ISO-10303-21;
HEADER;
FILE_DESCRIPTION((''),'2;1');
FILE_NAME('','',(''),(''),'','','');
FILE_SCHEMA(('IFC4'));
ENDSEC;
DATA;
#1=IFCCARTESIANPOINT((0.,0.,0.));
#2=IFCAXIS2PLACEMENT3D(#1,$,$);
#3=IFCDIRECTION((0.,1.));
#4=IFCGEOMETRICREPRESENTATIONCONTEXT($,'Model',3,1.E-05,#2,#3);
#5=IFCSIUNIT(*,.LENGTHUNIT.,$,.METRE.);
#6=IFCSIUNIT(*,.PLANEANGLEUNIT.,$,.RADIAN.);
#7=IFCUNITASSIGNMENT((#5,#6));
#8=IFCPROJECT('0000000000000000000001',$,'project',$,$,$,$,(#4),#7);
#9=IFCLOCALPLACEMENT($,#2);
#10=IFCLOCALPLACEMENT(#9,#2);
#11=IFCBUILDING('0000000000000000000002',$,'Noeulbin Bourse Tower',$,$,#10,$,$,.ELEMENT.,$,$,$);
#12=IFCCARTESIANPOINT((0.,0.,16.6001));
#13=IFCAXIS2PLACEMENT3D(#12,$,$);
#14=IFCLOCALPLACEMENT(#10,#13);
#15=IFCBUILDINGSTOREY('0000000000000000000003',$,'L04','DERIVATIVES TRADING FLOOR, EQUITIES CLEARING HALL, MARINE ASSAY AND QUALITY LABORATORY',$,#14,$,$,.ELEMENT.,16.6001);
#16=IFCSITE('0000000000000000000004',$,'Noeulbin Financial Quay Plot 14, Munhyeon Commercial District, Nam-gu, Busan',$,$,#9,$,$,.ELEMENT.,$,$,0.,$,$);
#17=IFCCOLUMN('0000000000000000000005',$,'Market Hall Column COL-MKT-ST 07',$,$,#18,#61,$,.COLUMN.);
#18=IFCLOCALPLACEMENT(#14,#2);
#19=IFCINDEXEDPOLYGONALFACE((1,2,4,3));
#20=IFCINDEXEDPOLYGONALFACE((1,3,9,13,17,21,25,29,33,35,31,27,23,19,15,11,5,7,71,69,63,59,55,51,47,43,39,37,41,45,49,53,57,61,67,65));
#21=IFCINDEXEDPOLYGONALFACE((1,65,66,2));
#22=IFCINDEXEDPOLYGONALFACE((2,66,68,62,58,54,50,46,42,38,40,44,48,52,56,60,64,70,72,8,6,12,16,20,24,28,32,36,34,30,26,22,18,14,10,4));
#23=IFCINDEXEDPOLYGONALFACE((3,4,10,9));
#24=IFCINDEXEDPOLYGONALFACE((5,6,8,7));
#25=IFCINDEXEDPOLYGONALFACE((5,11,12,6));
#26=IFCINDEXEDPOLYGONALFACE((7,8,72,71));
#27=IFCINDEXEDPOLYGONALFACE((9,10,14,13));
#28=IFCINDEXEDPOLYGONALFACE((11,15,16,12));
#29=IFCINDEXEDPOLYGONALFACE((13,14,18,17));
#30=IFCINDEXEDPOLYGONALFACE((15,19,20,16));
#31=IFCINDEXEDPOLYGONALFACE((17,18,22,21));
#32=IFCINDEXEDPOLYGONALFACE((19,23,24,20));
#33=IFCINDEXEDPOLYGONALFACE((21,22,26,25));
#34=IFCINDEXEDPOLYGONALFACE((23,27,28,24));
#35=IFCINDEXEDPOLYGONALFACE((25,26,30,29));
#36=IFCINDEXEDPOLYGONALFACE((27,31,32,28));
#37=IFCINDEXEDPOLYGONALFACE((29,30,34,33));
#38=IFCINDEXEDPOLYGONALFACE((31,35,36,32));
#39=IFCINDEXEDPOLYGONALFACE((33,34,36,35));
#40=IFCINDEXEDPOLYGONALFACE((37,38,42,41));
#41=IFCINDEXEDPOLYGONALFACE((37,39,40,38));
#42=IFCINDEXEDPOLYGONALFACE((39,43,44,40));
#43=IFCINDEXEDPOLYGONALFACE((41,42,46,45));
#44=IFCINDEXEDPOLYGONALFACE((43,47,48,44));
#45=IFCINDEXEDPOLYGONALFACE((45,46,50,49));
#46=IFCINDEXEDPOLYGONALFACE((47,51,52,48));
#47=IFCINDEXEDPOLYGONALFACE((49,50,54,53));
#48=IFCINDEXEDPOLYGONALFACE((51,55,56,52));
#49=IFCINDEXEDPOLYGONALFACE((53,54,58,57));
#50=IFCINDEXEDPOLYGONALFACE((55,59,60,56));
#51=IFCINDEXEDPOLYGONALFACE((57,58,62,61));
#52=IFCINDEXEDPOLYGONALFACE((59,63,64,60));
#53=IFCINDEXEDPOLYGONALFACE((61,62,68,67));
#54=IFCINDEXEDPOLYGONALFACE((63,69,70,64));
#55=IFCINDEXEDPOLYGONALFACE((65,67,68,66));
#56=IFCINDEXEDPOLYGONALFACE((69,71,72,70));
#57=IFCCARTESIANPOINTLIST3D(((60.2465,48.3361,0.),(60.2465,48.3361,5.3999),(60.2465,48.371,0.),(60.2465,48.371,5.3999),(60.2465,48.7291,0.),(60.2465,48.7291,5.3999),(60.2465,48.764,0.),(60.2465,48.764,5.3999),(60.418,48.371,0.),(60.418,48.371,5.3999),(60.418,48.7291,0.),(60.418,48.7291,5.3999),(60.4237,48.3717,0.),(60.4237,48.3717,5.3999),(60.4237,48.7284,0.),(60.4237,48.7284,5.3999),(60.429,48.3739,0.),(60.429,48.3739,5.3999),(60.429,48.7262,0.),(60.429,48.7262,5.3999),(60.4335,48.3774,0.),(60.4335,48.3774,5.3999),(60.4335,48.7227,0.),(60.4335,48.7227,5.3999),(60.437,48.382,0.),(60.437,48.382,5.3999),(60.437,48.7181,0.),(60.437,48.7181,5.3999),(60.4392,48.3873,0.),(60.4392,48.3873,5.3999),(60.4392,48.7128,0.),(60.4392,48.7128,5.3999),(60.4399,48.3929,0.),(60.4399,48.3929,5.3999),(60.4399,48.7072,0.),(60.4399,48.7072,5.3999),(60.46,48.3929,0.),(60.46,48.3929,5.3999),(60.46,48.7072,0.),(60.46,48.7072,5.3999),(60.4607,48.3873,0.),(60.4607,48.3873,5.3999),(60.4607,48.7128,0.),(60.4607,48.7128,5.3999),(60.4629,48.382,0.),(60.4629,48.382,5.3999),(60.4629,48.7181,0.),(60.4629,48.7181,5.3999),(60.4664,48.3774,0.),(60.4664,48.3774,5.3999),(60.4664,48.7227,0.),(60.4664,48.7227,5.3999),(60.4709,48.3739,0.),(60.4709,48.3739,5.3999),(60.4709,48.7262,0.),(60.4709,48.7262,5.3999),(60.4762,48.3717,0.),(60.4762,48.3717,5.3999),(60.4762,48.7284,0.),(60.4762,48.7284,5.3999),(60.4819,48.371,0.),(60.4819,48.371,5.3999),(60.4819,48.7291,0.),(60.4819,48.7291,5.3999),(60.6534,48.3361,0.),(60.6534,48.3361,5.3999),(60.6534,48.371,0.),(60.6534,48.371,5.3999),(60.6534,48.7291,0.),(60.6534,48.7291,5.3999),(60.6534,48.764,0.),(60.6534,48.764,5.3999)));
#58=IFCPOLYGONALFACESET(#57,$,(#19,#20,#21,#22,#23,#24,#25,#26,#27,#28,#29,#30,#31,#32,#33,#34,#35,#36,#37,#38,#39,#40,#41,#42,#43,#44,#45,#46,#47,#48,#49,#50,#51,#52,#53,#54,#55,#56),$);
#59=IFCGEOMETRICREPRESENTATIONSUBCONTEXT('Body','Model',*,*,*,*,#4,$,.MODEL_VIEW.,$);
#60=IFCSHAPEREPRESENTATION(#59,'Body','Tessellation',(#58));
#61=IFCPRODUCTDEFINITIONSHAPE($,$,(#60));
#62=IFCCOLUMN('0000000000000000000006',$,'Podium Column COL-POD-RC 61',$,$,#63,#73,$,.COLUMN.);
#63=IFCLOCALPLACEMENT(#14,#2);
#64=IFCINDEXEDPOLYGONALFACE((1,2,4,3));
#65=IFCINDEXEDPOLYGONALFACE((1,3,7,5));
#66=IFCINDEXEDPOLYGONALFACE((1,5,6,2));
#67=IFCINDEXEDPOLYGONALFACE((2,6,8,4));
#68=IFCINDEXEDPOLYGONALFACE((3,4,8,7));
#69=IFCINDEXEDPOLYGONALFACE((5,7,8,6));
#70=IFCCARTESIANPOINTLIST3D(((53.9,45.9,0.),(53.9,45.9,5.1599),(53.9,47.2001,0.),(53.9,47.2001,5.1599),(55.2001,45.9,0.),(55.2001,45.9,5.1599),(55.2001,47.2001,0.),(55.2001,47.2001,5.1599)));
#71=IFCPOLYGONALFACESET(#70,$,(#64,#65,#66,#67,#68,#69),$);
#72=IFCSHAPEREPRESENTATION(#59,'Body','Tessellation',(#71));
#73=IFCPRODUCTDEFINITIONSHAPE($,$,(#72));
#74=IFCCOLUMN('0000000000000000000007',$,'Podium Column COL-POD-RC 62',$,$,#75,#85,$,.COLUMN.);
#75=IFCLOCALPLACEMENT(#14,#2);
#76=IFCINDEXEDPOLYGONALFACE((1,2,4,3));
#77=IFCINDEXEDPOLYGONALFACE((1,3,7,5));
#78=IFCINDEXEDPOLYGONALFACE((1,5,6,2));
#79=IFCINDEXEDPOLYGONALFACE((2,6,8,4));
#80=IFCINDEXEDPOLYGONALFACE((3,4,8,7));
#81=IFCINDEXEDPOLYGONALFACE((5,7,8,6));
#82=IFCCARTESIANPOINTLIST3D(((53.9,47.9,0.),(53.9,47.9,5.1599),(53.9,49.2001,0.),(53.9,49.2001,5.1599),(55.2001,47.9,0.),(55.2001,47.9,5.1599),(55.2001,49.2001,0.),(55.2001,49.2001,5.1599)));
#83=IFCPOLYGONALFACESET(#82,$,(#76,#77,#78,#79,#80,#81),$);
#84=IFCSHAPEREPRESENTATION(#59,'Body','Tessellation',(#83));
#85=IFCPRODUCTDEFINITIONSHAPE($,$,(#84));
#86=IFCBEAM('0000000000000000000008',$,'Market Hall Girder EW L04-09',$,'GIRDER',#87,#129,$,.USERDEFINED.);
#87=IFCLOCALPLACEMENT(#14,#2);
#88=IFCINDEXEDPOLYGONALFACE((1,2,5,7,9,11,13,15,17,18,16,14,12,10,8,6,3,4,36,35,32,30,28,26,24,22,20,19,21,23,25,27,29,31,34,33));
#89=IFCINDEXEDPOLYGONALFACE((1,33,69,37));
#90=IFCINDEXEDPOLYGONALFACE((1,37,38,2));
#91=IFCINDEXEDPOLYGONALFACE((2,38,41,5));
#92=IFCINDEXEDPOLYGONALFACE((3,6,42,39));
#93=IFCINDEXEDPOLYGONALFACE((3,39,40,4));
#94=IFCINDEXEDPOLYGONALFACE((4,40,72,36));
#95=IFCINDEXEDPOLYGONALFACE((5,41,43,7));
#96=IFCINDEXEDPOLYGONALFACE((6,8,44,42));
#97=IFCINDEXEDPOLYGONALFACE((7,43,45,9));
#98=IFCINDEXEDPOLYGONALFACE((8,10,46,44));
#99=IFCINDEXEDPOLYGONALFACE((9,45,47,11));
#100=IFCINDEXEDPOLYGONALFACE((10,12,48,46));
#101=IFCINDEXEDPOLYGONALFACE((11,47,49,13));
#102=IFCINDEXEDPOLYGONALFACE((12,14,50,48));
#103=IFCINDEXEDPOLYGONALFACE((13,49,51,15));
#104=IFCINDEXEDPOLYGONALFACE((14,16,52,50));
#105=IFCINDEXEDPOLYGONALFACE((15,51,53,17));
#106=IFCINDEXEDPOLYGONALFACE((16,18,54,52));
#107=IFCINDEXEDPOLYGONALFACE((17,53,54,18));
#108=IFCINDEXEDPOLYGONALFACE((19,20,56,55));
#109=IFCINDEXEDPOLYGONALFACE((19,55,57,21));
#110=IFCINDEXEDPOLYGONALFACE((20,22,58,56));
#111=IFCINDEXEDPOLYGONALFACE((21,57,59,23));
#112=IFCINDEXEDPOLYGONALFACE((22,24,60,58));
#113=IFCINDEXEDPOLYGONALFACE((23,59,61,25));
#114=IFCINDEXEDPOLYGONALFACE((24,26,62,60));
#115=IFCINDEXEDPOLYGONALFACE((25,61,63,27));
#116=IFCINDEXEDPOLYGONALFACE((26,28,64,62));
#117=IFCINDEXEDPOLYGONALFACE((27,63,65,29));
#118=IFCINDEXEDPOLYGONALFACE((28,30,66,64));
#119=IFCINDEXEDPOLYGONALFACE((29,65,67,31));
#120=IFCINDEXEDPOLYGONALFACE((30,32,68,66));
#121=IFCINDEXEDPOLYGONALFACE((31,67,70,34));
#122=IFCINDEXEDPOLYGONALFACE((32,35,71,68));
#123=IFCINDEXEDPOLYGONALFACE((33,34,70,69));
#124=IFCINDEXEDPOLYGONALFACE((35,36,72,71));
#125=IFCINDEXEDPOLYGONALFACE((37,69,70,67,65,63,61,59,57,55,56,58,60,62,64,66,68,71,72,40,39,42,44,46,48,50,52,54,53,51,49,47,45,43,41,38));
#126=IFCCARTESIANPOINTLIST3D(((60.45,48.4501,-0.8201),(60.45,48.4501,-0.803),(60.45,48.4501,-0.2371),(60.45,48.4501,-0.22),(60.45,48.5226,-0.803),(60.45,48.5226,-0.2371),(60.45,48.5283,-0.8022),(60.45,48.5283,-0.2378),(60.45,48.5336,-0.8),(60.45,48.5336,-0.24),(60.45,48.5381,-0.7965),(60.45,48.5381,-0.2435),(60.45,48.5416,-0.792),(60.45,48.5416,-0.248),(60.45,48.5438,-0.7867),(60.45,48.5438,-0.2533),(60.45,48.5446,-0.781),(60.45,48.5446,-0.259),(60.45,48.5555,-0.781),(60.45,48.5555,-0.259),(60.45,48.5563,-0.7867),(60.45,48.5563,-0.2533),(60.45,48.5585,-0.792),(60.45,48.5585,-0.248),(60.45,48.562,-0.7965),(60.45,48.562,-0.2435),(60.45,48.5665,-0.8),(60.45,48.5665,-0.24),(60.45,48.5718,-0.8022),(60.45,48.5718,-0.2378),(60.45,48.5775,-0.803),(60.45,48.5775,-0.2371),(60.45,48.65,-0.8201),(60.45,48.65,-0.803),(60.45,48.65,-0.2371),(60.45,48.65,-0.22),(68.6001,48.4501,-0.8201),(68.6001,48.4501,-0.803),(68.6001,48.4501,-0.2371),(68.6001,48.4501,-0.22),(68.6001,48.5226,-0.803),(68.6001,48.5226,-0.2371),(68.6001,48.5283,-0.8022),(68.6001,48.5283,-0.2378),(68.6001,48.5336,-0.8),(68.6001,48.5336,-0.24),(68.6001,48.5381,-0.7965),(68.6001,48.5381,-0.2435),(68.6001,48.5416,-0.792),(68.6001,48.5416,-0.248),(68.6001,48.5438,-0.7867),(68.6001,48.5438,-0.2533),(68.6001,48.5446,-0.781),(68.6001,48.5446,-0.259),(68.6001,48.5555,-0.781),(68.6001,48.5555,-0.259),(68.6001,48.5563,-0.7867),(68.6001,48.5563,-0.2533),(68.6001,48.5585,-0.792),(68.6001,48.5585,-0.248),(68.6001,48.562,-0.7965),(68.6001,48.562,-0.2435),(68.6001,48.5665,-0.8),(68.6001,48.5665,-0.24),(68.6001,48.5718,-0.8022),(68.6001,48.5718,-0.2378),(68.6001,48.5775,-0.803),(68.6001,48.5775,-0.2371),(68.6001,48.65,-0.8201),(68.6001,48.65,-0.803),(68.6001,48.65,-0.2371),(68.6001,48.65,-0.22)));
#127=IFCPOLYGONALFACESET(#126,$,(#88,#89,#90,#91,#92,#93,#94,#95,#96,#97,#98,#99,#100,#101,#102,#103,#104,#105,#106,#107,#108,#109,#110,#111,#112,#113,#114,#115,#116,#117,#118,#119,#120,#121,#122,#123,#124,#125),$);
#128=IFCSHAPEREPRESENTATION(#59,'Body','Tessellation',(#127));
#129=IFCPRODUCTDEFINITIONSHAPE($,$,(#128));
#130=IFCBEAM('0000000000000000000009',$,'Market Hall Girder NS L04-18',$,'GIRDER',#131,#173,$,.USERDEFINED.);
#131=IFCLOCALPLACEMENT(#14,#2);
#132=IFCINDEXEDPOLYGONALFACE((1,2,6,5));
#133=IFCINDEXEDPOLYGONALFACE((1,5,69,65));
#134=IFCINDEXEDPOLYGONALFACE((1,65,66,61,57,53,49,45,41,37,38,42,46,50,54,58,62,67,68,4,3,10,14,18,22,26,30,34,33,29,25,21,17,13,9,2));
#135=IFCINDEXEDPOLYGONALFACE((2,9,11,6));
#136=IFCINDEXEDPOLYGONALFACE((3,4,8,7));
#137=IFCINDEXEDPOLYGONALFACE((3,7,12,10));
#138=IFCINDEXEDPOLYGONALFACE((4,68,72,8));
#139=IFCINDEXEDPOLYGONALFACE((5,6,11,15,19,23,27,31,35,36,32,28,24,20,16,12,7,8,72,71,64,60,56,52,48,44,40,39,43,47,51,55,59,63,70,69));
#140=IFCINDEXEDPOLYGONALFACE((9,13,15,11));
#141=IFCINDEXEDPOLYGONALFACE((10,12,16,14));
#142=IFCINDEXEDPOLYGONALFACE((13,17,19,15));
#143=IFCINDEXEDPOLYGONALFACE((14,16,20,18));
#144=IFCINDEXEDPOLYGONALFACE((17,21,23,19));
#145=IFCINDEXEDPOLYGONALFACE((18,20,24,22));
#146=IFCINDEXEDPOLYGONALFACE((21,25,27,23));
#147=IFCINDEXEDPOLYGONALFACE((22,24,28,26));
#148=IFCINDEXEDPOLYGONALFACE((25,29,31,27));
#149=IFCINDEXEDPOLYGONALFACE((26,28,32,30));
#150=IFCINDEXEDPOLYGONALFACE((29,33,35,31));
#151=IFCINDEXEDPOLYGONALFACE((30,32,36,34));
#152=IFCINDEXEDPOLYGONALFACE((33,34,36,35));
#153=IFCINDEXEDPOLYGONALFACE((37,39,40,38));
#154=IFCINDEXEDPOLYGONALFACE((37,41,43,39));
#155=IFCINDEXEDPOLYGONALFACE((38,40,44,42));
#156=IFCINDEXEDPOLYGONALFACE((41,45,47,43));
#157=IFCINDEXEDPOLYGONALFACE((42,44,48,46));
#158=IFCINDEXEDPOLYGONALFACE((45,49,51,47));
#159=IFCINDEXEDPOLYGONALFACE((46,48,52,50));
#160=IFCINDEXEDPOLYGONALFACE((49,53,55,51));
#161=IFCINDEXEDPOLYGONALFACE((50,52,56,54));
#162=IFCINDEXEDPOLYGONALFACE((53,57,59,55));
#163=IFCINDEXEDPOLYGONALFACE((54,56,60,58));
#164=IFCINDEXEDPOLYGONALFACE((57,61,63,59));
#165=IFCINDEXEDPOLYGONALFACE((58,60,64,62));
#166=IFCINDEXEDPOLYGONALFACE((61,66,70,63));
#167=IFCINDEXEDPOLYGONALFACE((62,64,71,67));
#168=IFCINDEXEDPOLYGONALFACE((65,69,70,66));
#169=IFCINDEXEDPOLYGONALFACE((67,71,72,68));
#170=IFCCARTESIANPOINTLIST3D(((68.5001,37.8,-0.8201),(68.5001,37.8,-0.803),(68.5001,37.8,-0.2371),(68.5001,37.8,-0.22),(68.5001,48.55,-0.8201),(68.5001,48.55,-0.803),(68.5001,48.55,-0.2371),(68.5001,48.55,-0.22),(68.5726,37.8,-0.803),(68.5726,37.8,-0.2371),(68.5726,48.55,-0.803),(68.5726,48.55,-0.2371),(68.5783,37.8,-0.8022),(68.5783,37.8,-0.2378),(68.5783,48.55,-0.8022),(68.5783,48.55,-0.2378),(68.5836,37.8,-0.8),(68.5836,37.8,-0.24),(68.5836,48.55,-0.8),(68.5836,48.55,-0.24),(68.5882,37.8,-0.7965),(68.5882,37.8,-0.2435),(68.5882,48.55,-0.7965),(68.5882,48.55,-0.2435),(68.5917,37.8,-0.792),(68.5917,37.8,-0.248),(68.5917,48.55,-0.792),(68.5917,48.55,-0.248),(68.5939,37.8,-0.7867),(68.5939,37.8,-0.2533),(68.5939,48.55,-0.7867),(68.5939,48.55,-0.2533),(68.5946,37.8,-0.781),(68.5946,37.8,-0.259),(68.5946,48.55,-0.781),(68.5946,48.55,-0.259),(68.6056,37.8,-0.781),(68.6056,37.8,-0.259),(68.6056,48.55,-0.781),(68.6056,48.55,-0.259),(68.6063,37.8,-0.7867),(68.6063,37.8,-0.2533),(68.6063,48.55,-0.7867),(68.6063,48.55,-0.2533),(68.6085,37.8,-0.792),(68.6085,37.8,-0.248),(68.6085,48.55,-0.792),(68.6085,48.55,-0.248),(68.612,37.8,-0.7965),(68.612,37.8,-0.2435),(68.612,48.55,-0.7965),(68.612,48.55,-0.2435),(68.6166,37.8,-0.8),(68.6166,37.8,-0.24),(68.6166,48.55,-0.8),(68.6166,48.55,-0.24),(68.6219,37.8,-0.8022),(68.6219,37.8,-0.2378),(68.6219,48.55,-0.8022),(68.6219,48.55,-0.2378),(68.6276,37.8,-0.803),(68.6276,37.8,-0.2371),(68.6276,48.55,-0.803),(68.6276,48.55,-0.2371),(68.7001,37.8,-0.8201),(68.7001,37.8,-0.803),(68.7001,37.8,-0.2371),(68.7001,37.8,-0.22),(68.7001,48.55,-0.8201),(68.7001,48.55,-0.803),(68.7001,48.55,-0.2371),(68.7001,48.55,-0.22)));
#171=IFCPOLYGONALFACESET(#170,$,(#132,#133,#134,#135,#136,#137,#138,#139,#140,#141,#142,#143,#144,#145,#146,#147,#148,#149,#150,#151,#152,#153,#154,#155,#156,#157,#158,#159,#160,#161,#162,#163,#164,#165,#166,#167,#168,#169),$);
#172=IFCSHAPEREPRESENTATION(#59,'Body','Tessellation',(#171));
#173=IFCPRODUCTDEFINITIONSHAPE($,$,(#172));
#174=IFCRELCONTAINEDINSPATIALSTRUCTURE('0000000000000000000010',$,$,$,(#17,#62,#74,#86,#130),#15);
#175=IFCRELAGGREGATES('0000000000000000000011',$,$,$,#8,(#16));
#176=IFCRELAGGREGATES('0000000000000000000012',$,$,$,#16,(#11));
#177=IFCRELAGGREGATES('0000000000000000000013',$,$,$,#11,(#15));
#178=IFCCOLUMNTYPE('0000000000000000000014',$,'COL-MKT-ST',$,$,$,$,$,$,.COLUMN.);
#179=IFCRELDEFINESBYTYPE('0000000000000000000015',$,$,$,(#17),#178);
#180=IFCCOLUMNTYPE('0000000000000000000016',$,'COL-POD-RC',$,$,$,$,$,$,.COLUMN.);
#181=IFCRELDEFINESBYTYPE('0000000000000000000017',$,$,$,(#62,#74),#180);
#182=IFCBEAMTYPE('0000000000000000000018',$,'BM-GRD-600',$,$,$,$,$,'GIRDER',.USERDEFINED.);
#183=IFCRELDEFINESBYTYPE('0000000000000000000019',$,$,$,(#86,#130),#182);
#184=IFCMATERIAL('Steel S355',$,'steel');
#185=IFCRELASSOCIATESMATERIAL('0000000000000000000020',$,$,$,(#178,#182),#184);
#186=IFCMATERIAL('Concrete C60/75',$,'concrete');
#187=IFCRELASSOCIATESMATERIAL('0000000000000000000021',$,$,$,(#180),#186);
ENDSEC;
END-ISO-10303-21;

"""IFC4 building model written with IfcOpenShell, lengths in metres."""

from ifc_helpers import new_model, si_unit, direction, frame, origin, origin_2d, place, context, subcontext, project, spatial, rectangle, i_section, extrude, material, material_profile, profile_set, type_object, element, save


model = new_model("IFC4")

# Units and contexts
model_context = context("Model", 3, precision=1e-05, world=origin(), true_north=direction((0.0, 1.0)))
body_context = subcontext(model_context, "Body", "Model", "MODEL_VIEW")
ifc_project = project(units=[si_unit("LENGTHUNIT", "METRE"), si_unit("PLANEANGLEUNIT", "RADIAN")], contexts=[model_context])

# Site, building, storey
site_placement = place(None, origin())
site = spatial("IfcSite", under=ifc_project, at=site_placement, Name="Noeulbin Financial Quay Plot 14, Munhyeon Commercial District, Nam-gu, Busan", CompositionType="ELEMENT", RefElevation=0.0)
building_placement = place(site_placement, origin())
building = spatial("IfcBuilding", under=site, at=building_placement, Name="Noeulbin Bourse Tower", CompositionType="ELEMENT")
storey_placement = place(building_placement, frame((0.0, 0.0, 16.6001)))
storey = spatial("IfcBuildingStorey", under=building, at=storey_placement, Name="L04", Description="DERIVATIVES TRADING FLOOR, EQUITIES CLEARING HALL, MARINE ASSAY AND QUALITY LABORATORY", CompositionType="ELEMENT", Elevation=16.6001)

# Columns
ifc_material_1 = material(Name="Steel S355", Category="steel")
ifc_material_profile_1 = material_profile(ifc_material_1, i_section(OverallWidth=0.407, OverallDepth=0.428, WebThickness=0.02, FlangeThickness=0.0349, FilletRadius=0.022, at=origin_2d()), Name="H-428x407x20x35", Category="LoadBearing")
ifc_profile_set_1 = profile_set([ifc_material_profile_1], Name="Steel S355")
column_type_1 = type_object("IfcColumnType", Name="COL-MKT-ST", PredefinedType="COLUMN", material=ifc_profile_set_1)
column_placement = place(storey_placement, frame((60.45, 48.55, 0.0), z_axis=(0.0, 0.0, 1.0), x_axis=(1.0, 0.0, 0.0)))
element("IfcColumn", 1, at=column_placement, inside=storey, type_object=column_type_1, Name="Market Hall Column COL-MKT-ST 07", PredefinedType="COLUMN", context=body_context, shape_type="SweptSolid", body=[
    extrude(i_section(OverallWidth=0.407, OverallDepth=0.428, WebThickness=0.02, FlangeThickness=0.0349, FilletRadius=0.022, at=origin_2d()), origin(), (0.0, 0.0, 1.0), 5.3999),
])
ifc_material_2 = material(Name="Concrete C60/75", Category="concrete")
ifc_material_profile_2 = material_profile(ifc_material_2, rectangle(XDim=1.3, YDim=1.3, at=origin_2d()), Name="RC-COL-1300x1300", Category="LoadBearing")
ifc_profile_set_2 = profile_set([ifc_material_profile_2], Name="Concrete C60/75")
column_type_2 = type_object("IfcColumnType", Name="COL-POD-RC", PredefinedType="COLUMN", material=ifc_profile_set_2)
for number, where, z_axis, x_axis, name in (
    (2, (54.55, 46.55, 0.0), (0.0, 0.0, 1.0), (1.0, 0.0, 0.0), "Podium Column COL-POD-RC 61"),
    (3, (54.55, 48.55, 0.0), (0.0, 0.0, 1.0), (1.0, 0.0, 0.0), "Podium Column COL-POD-RC 62"),
):
    element("IfcColumn", number, at=place(storey_placement, frame(where, z_axis=z_axis, x_axis=x_axis)), inside=storey, type_object=column_type_2, Name=name, PredefinedType="COLUMN", context=body_context, shape_type="SweptSolid", body=[
        extrude(rectangle(XDim=1.3, YDim=1.3, at=origin_2d()), origin(), (0.0, 0.0, 1.0), 5.1599),
    ])

# Beams
ifc_material_profile_3 = material_profile(ifc_material_1, i_section(OverallWidth=0.2, OverallDepth=0.6001, WebThickness=0.011, FlangeThickness=0.0171, FilletRadius=0.022, at=origin_2d()), Name="H-600x200x11x17", Category="LoadBearing")
ifc_profile_set_3 = profile_set([ifc_material_profile_3], Name="Steel S355")
beam_type_1 = type_object("IfcBeamType", Name="BM-GRD-600", ElementType="GIRDER", PredefinedType="USERDEFINED", material=ifc_profile_set_3)
beam_1_placement = place(storey_placement, frame((60.45, 48.55, -0.52), z_axis=(1.0, 0.0, 0.0), x_axis=(0.0, 1.0, 0.0)))
element("IfcBeam", 4, at=beam_1_placement, inside=storey, type_object=beam_type_1, Name="Market Hall Girder EW L04-09", ObjectType="GIRDER", PredefinedType="USERDEFINED", context=body_context, shape_type="SweptSolid", body=[
    extrude(i_section(OverallWidth=0.2, OverallDepth=0.6001, WebThickness=0.011, FlangeThickness=0.0171, FilletRadius=0.022, at=origin_2d()), origin(), (0.0, 0.0, 1.0), 8.1501),
])
beam_2_placement = place(storey_placement, frame((68.6001, 37.8, -0.52), z_axis=(0.0, 1.0, 0.0), x_axis=(-1.0, 0.0, 0.0)))
element("IfcBeam", 5, at=beam_2_placement, inside=storey, type_object=beam_type_1, Name="Market Hall Girder NS L04-18", ObjectType="GIRDER", PredefinedType="USERDEFINED", context=body_context, shape_type="SweptSolid", body=[
    extrude(i_section(OverallWidth=0.2, OverallDepth=0.6001, WebThickness=0.011, FlangeThickness=0.0171, FilletRadius=0.022, at=origin_2d()), origin(), (0.0, 0.0, 1.0), 10.75),
])

save(model, "model.ifc")
